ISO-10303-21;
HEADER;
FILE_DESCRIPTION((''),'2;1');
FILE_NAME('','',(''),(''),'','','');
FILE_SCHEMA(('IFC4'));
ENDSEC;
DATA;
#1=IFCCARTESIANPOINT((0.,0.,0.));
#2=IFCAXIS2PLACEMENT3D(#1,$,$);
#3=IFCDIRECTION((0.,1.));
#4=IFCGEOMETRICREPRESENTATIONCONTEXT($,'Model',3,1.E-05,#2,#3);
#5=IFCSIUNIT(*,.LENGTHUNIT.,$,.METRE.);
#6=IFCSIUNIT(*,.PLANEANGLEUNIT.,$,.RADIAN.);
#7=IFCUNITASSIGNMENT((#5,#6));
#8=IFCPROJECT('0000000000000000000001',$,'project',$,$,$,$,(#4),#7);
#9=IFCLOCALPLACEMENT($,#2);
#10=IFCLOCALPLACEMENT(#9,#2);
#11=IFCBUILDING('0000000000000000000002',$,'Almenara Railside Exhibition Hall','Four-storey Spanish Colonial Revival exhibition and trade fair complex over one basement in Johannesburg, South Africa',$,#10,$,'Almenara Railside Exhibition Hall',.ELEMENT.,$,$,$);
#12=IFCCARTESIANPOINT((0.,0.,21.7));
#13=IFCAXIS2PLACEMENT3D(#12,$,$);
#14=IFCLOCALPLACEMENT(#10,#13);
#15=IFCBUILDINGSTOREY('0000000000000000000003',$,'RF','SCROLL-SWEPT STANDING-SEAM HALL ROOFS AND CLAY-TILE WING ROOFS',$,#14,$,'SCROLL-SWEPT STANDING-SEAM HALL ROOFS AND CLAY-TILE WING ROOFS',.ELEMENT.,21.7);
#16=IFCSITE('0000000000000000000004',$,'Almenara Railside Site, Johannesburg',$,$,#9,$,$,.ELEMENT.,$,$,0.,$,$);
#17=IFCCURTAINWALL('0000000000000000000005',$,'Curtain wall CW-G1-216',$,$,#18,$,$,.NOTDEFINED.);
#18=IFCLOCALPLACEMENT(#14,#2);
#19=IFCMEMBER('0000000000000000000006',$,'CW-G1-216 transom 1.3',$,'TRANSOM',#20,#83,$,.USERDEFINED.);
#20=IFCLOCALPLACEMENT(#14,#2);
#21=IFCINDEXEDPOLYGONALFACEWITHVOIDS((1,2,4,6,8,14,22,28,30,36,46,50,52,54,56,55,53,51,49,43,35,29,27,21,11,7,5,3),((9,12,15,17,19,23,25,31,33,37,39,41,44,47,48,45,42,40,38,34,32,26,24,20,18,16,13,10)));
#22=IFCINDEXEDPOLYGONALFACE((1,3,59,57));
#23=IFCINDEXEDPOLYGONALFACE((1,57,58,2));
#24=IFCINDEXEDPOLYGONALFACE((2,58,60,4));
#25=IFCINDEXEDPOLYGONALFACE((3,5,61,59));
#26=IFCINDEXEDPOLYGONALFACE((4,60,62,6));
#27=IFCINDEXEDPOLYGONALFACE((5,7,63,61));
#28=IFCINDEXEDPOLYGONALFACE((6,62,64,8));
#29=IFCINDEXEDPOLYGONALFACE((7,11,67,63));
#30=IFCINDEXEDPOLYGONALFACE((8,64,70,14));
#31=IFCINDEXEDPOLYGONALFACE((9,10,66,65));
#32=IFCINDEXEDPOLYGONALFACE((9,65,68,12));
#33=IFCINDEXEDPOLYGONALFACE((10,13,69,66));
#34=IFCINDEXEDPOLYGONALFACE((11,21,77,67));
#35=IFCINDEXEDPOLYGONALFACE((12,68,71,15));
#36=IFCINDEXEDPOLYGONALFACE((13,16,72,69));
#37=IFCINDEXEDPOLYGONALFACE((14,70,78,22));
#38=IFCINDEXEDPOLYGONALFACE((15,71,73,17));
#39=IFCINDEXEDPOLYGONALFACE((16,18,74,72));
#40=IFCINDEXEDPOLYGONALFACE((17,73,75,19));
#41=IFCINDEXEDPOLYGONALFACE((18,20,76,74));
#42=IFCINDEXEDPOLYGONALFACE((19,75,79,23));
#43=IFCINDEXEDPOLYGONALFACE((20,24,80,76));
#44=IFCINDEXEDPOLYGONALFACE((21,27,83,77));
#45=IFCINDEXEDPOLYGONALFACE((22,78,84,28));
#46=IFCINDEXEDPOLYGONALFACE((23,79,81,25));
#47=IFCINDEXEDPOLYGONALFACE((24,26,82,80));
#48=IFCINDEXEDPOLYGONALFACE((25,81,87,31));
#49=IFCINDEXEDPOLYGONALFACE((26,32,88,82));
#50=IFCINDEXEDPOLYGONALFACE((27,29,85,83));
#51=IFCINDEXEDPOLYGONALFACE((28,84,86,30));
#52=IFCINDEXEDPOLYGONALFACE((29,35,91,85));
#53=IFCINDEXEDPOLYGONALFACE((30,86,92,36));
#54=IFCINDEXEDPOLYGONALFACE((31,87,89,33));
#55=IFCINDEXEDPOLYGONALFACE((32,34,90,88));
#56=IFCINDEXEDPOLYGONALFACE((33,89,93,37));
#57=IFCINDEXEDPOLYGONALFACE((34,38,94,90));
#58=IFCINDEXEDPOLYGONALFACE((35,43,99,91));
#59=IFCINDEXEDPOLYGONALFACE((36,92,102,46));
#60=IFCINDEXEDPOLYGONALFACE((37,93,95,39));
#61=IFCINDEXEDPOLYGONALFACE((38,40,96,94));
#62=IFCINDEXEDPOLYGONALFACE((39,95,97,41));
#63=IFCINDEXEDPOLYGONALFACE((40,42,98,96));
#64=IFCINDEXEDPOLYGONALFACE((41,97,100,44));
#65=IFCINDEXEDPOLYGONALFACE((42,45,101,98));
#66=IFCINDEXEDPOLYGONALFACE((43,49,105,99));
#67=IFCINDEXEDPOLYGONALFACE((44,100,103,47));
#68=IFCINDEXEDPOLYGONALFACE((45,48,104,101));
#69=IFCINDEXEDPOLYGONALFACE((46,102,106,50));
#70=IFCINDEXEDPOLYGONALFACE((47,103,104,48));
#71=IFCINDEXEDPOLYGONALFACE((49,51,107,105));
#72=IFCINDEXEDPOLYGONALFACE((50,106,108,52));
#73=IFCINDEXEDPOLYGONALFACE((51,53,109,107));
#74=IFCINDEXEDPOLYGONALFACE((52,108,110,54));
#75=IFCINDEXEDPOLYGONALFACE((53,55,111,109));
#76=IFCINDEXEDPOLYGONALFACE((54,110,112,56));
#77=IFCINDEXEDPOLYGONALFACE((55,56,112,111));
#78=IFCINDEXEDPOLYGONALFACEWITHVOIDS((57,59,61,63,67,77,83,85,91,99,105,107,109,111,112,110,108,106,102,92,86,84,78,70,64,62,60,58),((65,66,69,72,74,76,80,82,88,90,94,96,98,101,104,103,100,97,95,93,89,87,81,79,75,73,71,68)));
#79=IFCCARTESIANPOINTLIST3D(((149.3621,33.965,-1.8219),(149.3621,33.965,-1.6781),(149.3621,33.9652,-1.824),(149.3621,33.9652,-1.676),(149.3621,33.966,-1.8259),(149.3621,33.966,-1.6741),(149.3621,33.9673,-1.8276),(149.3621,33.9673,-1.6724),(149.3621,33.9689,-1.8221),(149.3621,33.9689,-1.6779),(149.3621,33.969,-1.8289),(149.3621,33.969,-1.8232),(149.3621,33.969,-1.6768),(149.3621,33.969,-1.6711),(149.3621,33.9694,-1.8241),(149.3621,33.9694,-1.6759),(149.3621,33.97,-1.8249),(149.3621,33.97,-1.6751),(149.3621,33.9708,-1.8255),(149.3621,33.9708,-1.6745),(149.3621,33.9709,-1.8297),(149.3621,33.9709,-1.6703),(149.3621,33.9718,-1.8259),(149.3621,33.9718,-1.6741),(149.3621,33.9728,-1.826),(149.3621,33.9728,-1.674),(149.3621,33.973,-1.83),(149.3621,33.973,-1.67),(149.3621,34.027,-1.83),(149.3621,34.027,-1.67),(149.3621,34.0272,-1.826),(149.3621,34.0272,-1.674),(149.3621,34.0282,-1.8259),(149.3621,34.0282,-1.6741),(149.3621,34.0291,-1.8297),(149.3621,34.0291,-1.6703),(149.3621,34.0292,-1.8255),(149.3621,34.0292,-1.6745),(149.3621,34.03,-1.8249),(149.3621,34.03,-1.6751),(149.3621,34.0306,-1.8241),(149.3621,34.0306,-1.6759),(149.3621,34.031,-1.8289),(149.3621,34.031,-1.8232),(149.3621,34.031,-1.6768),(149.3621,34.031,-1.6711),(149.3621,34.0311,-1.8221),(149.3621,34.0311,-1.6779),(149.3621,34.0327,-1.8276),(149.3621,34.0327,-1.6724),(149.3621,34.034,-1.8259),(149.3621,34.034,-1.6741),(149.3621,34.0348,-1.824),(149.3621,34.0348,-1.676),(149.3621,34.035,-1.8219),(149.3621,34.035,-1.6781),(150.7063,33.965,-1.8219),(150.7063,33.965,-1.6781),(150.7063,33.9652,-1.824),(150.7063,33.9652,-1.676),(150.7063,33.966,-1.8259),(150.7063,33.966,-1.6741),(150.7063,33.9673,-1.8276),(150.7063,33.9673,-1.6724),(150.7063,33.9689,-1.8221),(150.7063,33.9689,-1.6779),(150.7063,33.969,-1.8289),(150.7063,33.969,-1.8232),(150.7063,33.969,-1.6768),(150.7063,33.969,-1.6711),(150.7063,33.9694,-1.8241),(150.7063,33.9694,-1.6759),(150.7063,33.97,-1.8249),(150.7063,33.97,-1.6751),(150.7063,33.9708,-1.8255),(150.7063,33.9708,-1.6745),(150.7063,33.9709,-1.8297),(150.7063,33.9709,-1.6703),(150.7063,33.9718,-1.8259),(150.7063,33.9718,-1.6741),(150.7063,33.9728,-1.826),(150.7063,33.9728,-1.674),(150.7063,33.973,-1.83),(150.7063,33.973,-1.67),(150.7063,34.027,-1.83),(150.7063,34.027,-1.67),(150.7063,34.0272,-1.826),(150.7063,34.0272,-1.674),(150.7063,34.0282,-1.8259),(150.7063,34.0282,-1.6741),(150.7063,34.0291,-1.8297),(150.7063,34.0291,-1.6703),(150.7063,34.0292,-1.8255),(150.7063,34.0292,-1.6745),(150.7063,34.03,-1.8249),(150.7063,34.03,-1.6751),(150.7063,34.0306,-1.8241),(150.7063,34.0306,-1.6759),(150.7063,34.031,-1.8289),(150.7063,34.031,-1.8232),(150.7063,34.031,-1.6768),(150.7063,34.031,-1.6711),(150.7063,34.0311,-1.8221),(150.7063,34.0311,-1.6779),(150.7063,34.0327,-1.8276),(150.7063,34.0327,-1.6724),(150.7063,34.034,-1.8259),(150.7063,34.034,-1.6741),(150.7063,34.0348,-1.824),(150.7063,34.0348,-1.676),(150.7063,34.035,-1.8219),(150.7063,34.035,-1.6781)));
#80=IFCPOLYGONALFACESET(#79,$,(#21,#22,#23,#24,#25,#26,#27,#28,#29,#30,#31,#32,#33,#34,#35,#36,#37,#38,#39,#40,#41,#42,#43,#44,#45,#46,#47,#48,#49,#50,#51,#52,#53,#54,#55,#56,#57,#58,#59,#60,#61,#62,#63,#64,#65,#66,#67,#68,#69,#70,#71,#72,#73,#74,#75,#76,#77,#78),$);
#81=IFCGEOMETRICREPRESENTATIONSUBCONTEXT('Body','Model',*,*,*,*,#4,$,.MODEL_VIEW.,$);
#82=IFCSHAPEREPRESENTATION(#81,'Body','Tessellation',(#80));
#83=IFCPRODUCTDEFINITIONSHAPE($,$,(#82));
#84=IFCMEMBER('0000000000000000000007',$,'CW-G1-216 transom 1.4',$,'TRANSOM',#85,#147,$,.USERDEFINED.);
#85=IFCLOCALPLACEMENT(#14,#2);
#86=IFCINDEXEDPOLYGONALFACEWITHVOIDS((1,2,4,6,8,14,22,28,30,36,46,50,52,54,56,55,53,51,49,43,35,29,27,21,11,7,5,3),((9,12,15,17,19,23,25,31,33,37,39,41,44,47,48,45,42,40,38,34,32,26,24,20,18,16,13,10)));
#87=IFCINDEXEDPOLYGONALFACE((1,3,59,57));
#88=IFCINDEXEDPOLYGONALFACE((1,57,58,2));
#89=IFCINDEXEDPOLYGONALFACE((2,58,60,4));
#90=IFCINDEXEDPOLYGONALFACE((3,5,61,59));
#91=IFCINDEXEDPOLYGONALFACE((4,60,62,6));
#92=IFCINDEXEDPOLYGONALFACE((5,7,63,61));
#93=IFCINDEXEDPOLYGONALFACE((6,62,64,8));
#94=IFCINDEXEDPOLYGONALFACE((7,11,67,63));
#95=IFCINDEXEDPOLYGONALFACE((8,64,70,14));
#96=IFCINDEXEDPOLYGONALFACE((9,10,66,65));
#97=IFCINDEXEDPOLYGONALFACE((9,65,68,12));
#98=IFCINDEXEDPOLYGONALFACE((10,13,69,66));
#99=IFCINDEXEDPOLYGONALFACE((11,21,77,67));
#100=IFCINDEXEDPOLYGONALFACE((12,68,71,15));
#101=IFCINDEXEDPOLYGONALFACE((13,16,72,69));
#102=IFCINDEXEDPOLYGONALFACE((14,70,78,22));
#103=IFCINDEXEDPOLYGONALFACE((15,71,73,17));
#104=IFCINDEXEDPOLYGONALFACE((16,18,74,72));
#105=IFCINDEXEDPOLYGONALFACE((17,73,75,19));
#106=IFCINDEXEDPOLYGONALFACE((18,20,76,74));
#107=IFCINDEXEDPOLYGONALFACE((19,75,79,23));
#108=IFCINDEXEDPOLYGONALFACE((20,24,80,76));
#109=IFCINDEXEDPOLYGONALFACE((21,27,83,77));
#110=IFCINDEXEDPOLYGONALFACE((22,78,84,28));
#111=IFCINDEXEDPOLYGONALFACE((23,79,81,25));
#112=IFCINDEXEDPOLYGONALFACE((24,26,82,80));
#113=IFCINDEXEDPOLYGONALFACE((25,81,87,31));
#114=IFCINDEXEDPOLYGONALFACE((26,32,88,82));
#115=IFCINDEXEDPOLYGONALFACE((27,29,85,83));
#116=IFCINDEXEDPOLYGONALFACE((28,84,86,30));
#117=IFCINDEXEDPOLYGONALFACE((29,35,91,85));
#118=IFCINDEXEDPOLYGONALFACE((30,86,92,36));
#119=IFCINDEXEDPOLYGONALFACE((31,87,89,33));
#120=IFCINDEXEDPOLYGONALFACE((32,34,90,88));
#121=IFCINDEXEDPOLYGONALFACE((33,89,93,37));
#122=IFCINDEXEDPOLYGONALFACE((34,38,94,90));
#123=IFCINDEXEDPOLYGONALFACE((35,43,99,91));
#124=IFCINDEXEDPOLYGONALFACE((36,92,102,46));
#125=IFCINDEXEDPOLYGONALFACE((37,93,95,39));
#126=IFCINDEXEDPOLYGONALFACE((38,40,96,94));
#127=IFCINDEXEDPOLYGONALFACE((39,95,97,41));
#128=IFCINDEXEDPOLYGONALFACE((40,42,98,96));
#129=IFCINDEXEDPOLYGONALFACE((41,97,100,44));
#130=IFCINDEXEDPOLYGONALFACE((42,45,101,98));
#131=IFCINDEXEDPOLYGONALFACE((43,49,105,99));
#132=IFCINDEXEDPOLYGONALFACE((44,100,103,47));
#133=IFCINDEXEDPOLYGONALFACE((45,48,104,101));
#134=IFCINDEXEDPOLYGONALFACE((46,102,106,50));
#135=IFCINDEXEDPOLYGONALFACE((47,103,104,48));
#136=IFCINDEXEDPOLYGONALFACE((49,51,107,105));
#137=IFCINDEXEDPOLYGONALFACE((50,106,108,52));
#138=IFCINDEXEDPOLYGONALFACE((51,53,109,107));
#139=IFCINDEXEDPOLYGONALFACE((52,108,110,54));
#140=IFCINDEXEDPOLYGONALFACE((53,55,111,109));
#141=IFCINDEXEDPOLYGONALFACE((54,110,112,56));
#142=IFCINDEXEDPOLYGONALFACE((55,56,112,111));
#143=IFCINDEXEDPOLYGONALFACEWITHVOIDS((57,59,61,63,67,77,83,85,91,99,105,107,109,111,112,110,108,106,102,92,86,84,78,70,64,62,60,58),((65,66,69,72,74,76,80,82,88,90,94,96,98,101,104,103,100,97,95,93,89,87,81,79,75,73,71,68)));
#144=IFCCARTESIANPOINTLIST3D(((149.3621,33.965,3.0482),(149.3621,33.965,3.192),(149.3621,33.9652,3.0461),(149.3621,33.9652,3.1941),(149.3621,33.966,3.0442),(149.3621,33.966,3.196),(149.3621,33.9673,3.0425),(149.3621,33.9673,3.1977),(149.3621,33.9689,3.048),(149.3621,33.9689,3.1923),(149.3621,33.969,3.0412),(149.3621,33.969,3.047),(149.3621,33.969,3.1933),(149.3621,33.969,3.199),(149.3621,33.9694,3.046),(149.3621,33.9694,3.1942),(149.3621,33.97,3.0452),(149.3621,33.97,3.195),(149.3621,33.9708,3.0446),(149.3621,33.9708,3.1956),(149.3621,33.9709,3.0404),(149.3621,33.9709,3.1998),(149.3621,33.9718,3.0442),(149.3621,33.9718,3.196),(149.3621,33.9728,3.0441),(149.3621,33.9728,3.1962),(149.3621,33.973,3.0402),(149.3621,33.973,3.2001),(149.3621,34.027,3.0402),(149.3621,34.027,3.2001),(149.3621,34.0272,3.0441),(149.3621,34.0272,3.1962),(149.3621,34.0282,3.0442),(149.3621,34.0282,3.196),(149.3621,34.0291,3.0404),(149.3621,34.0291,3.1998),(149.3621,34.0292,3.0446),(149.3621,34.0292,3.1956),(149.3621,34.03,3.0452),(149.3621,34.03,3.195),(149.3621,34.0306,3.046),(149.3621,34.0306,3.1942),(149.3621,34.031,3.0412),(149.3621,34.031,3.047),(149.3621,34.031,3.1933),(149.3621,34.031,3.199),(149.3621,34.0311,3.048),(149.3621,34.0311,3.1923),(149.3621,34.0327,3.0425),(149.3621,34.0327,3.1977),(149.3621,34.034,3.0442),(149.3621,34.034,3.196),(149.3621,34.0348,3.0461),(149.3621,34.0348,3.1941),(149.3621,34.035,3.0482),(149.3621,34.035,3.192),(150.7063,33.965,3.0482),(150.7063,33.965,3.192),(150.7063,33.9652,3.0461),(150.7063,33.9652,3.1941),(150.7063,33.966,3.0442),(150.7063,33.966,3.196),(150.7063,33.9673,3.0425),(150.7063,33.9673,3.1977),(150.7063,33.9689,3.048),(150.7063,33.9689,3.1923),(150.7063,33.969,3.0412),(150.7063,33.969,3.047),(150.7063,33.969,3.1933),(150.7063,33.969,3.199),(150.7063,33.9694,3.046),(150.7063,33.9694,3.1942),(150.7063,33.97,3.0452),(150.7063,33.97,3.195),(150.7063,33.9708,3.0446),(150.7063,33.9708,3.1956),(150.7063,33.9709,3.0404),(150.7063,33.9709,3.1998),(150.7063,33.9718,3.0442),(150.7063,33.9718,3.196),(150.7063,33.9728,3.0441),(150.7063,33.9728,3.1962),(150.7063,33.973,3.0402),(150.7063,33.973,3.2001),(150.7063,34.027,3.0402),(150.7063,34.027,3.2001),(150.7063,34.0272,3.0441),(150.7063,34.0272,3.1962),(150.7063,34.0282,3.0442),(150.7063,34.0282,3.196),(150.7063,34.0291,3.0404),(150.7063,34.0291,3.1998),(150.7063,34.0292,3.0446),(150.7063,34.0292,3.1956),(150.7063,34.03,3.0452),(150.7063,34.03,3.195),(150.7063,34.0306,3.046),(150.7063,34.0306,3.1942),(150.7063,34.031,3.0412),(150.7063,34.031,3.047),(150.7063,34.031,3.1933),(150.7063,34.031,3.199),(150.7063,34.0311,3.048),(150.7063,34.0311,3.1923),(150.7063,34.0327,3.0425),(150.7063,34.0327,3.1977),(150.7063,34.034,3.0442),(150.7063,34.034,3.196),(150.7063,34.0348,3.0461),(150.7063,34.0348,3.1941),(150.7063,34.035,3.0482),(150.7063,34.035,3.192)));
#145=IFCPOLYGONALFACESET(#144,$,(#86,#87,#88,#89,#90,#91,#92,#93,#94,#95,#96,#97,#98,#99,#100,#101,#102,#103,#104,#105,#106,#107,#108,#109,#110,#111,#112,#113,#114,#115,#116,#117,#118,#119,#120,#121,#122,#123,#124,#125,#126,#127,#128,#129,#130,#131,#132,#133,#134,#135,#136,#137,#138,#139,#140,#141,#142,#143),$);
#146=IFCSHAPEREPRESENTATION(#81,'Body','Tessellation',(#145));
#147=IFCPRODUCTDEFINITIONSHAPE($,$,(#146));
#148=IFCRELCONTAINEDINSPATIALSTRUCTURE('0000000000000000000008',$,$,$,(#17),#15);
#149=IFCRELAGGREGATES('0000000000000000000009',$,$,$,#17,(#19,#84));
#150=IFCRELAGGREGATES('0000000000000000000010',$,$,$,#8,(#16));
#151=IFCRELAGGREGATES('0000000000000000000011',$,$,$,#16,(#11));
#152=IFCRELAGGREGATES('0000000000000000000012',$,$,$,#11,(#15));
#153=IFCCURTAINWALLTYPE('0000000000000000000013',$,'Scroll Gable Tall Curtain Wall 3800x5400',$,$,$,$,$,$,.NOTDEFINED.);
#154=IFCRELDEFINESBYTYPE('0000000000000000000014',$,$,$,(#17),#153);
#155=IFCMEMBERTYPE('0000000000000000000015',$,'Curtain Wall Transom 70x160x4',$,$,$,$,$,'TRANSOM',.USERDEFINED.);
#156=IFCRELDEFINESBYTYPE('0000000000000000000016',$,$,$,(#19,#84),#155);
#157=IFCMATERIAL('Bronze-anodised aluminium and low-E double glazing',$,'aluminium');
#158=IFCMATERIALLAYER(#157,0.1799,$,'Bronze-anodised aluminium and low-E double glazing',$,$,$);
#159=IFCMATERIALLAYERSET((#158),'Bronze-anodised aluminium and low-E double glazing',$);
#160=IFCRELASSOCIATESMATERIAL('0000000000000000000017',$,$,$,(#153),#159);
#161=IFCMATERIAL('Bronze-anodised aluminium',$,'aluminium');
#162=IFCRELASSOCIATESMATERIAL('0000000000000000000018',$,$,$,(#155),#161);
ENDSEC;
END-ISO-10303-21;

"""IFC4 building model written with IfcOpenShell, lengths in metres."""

from ifc_helpers import new_model, si_unit, direction, frame, origin, origin_2d, place, context, subcontext, project, spatial, hollow_rectangle, extrude, material, layer, layer_set, material_profile, profile_set, type_object, element, aggregate, save


model = new_model("IFC4")

# Units and contexts
model_context = context("Model", 3, precision=1e-05, world=origin(), true_north=direction((0.0, 1.0)))
body_context = subcontext(model_context, "Body", "Model", "MODEL_VIEW")
ifc_project = project(units=[si_unit("LENGTHUNIT", "METRE"), si_unit("PLANEANGLEUNIT", "RADIAN")], contexts=[model_context])

# Site, building, storey
site_placement = place(None, origin())
site = spatial("IfcSite", under=ifc_project, at=site_placement, Name="Almenara Railside Site, Johannesburg", CompositionType="ELEMENT", RefElevation=0.0)
building_placement = place(site_placement, origin())
building = spatial("IfcBuilding", under=site, at=building_placement, Name="Almenara Railside Exhibition Hall", Description="Four-storey Spanish Colonial Revival exhibition and trade fair complex over one basement in Johannesburg, South Africa", LongName="Almenara Railside Exhibition Hall", CompositionType="ELEMENT")
storey_placement = place(building_placement, frame((0.0, 0.0, 21.7)))
storey = spatial("IfcBuildingStorey", under=building, at=storey_placement, Name="RF", Description="SCROLL-SWEPT STANDING-SEAM HALL ROOFS AND CLAY-TILE WING ROOFS", LongName="SCROLL-SWEPT STANDING-SEAM HALL ROOFS AND CLAY-TILE WING ROOFS", CompositionType="ELEMENT", Elevation=21.7)

# Shared definitions
ifc_material_1 = material(Name="Bronze-anodised aluminium and low-E double glazing", Category="aluminium")
ifc_material_2 = material(Name="Bronze-anodised aluminium", Category="aluminium")

# Curtain wall, members
ifc_layer_1 = layer(ifc_material_1, 0.1799, Name="Bronze-anodised aluminium and low-E double glazing")
ifc_layer_set_1 = layer_set([ifc_layer_1], Name="Bronze-anodised aluminium and low-E double glazing")
curtain_wall_type_1 = type_object("IfcCurtainWallType", Name="Scroll Gable Tall Curtain Wall 3800x5400", PredefinedType="NOTDEFINED", material=ifc_layer_set_1)
curtain_wall_1_placement = place(storey_placement, origin())
curtain_wall_1 = element("IfcCurtainWall", 1, at=curtain_wall_1_placement, inside=storey, type_object=curtain_wall_type_1, Name="Curtain wall CW-G1-216", PredefinedType="NOTDEFINED")
ifc_material_profile_1 = material_profile(ifc_material_2, hollow_rectangle(XDim=0.0701, YDim=0.1599, WallThickness=0.0039, InnerFilletRadius=0.0039, OuterFilletRadius=0.0081, at=origin_2d()), Name="ALU-TRN 70x160x4")
ifc_profile_set_1 = profile_set([ifc_material_profile_1], Name="Bronze-anodised aluminium")
member_type_1 = type_object("IfcMemberType", Name="Curtain Wall Transom 70x160x4", ElementType="TRANSOM", PredefinedType="USERDEFINED", material=ifc_profile_set_1)
member_1_placement = place(storey_placement, frame((149.3621, 34.0, -1.75), z_axis=(1.0, 0.0, 0.0), x_axis=(0.0, 1.0, 0.0)))
member_1 = element("IfcMember", 2, at=member_1_placement, type_object=member_type_1, Name="CW-G1-216 transom 1.3", ObjectType="TRANSOM", PredefinedType="USERDEFINED", context=body_context, shape_type="SweptSolid", body=[
    extrude(hollow_rectangle(XDim=0.0701, YDim=0.1599, WallThickness=0.0039, InnerFilletRadius=0.0039, OuterFilletRadius=0.0081, at=origin_2d()), origin(), (0.0, 0.0, 1.0), 1.3442),
])
member_2_placement = place(storey_placement, frame((149.3621, 34.0, 3.1201), z_axis=(1.0, 0.0, 0.0), x_axis=(0.0, 1.0, 0.0)))
member_2 = element("IfcMember", 3, at=member_2_placement, type_object=member_type_1, Name="CW-G1-216 transom 1.4", ObjectType="TRANSOM", PredefinedType="USERDEFINED", context=body_context, shape_type="SweptSolid", body=[
    extrude(hollow_rectangle(XDim=0.0701, YDim=0.1599, WallThickness=0.0039, InnerFilletRadius=0.0039, OuterFilletRadius=0.0081, at=origin_2d()), origin(), (0.0, 0.0, 1.0), 1.3442),
])

aggregate(curtain_wall_1, [member_1, member_2])

save(model, "model.ifc")
